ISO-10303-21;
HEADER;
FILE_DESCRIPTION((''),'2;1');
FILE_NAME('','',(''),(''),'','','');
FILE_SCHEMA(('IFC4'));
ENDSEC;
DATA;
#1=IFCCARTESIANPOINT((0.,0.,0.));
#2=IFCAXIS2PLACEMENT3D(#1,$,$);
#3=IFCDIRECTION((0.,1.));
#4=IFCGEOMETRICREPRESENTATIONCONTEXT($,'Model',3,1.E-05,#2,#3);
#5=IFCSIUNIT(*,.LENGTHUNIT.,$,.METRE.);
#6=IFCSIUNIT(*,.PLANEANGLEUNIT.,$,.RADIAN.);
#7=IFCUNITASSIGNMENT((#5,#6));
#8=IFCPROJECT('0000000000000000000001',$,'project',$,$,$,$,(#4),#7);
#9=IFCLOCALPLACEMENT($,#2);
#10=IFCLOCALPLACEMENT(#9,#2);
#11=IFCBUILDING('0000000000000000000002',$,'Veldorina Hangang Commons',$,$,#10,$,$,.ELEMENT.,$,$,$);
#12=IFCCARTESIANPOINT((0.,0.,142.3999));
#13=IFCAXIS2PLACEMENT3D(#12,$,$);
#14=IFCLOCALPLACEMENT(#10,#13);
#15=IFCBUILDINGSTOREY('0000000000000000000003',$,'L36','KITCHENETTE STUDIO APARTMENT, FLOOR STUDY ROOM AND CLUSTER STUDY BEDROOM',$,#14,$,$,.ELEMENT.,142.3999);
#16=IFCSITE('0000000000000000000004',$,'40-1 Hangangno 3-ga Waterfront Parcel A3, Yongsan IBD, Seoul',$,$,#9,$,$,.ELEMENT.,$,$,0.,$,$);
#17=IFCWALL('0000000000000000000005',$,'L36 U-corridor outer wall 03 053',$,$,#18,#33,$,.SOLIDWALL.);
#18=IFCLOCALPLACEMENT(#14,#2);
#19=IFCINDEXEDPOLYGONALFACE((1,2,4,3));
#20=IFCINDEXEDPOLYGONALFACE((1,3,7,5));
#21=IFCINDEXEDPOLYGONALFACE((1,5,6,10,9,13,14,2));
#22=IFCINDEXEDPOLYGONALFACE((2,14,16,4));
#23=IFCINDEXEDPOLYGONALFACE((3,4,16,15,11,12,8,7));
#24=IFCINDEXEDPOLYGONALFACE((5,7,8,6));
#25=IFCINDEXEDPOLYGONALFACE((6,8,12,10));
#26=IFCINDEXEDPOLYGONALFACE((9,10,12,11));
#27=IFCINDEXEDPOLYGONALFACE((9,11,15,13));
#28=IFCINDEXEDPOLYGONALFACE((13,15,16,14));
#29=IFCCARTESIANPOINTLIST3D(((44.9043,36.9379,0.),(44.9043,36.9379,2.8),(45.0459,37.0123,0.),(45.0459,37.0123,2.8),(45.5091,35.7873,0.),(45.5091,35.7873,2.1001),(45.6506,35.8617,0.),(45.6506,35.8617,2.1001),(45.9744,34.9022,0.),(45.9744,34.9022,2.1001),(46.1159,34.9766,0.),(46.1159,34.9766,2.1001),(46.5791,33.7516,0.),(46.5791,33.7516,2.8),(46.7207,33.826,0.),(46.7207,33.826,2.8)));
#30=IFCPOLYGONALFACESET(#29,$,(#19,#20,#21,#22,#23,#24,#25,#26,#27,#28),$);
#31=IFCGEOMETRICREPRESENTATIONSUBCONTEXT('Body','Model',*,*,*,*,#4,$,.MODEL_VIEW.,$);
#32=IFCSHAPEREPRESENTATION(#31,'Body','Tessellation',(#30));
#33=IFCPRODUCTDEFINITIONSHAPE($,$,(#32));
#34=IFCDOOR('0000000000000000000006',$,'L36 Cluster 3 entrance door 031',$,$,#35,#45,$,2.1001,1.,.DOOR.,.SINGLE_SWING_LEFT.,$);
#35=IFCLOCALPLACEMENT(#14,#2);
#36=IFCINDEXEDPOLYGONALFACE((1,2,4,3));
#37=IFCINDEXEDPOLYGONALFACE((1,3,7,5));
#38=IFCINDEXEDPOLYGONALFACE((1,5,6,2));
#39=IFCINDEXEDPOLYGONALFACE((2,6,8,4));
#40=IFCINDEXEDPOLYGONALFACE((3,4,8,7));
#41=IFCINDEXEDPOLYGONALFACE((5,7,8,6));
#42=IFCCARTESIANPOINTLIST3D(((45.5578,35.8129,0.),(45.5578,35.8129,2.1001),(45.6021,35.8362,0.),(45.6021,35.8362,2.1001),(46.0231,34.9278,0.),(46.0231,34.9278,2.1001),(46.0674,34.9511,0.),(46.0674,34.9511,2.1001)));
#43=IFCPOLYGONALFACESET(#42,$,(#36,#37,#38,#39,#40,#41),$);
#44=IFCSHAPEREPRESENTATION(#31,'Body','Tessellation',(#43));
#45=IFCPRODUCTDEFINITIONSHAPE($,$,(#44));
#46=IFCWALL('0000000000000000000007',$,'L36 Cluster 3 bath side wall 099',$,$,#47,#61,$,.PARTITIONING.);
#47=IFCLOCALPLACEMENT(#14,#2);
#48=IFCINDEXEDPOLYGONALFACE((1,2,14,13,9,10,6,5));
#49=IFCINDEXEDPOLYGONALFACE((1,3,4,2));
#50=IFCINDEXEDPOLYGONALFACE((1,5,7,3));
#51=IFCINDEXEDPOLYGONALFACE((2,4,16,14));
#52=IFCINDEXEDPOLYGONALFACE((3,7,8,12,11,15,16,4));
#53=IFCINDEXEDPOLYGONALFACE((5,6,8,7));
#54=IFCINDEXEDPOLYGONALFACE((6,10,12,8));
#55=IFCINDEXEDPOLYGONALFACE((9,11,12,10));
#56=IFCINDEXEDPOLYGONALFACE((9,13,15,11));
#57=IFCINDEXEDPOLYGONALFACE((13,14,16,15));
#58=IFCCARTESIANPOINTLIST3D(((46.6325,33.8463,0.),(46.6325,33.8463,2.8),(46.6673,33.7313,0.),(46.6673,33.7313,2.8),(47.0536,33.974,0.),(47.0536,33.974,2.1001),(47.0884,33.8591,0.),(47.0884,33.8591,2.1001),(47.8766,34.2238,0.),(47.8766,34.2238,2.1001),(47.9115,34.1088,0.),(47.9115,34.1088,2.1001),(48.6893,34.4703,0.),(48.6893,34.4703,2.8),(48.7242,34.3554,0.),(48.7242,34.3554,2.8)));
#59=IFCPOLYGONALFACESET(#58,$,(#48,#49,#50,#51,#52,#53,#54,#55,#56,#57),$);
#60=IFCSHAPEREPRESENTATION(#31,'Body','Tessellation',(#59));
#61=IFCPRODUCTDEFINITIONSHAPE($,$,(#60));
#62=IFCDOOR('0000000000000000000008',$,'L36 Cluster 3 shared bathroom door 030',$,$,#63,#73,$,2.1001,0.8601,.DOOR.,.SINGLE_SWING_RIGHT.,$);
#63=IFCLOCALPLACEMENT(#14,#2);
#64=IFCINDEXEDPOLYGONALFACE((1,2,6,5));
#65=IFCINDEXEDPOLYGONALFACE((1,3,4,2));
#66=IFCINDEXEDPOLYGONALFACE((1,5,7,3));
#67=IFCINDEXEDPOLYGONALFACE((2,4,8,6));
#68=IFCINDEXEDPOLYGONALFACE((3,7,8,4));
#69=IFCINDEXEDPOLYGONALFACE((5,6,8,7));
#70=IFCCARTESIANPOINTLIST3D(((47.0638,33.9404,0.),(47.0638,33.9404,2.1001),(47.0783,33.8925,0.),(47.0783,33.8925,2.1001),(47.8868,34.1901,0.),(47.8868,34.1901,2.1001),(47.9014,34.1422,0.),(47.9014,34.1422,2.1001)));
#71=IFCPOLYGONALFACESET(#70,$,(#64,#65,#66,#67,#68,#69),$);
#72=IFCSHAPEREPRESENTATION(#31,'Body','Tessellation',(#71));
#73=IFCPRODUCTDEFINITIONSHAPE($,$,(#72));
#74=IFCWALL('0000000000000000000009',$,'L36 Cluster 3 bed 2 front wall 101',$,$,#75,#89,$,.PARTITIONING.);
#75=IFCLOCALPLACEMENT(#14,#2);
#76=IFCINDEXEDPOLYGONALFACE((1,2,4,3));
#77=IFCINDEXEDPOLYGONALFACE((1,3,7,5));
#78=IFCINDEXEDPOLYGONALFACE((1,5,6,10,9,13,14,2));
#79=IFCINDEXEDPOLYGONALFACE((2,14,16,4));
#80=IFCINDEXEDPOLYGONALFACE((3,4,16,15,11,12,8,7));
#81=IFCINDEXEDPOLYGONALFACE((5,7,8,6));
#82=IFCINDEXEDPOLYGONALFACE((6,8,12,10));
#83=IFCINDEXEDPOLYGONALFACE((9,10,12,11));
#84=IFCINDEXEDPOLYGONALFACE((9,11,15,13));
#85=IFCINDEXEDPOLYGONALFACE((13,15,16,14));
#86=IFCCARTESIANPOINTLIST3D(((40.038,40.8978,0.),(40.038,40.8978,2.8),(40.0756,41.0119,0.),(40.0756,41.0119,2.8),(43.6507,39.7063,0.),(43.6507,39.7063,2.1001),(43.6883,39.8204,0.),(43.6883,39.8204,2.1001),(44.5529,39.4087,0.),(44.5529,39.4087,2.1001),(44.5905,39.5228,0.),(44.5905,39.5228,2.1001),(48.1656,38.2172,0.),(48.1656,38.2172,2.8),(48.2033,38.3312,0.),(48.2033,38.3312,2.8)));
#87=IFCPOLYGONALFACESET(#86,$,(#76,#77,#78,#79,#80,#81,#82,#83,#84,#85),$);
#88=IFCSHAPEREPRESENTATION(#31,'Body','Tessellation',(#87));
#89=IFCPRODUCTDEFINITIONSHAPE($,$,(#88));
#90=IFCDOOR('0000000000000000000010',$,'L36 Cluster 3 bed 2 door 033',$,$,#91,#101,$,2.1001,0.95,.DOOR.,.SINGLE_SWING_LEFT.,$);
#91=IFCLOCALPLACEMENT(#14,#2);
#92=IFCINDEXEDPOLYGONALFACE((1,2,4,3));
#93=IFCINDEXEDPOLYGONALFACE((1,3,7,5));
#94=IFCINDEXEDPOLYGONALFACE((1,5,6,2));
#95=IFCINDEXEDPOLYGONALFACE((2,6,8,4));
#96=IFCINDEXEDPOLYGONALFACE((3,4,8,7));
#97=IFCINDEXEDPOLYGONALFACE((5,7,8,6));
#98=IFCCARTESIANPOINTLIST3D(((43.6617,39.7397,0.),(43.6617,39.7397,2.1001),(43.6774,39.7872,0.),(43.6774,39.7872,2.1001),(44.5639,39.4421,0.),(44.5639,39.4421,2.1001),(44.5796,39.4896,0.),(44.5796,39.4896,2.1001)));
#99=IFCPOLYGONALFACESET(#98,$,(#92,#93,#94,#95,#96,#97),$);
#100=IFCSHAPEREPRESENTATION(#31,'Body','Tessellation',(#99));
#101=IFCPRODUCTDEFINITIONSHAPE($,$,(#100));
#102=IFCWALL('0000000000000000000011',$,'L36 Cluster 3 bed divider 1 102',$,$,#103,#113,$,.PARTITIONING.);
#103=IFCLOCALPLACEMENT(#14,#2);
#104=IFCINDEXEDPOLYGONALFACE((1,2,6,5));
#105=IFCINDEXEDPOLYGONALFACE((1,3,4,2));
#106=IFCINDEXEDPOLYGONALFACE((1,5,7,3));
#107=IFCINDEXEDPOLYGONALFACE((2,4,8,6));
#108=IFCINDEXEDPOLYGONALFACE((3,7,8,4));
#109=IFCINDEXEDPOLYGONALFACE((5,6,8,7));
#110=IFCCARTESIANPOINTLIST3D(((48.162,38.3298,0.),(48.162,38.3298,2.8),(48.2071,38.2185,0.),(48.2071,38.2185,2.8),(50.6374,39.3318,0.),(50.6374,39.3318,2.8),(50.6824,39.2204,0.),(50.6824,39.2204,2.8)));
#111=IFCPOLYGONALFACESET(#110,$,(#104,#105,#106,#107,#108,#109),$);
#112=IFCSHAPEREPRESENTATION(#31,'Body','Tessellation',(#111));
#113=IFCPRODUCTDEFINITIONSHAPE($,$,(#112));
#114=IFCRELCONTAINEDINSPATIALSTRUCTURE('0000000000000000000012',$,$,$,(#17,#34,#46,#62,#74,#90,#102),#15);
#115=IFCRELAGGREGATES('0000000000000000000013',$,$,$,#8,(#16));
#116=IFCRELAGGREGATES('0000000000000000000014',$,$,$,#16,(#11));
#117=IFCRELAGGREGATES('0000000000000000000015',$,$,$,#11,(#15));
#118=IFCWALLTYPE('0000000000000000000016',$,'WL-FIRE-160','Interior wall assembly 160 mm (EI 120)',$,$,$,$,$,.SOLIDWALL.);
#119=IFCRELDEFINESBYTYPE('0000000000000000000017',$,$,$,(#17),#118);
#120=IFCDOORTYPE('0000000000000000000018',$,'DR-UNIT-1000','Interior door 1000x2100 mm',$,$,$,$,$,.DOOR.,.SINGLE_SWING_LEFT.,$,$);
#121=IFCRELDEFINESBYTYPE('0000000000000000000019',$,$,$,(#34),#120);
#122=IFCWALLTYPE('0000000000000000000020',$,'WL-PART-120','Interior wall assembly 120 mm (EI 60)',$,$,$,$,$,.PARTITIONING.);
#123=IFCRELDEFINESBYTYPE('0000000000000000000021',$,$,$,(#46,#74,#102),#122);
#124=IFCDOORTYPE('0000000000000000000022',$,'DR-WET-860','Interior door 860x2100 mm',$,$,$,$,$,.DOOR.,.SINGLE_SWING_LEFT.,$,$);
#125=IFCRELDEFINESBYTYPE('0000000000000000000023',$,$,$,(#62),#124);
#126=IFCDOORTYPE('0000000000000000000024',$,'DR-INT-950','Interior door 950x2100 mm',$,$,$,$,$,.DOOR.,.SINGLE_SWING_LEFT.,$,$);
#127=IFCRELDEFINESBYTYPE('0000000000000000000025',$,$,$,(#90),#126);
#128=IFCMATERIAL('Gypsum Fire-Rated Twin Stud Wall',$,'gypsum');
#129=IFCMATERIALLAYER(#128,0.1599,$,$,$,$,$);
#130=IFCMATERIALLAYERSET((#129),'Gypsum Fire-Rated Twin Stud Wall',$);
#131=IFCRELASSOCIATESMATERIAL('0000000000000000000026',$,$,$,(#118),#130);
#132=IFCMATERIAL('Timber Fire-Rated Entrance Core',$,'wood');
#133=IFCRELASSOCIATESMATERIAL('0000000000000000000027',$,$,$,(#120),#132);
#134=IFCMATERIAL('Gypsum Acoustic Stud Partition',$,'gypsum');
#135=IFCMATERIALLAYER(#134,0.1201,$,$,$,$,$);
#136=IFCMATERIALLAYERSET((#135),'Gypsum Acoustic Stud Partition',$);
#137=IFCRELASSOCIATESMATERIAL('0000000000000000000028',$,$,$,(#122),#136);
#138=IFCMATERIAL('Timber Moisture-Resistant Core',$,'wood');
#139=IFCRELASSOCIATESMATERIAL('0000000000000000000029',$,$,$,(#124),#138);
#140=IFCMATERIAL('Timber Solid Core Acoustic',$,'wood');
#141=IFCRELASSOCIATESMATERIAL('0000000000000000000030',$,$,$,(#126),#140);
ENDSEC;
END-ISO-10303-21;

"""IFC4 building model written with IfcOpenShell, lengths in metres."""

from ifc_helpers import new_model, si_unit, direction, frame, frame_2d, origin, place, context, subcontext, project, spatial, rectangle, extrude, material, layer, layer_set, type_object, element, fill, save


model = new_model("IFC4")

# Units and contexts
model_context = context("Model", 3, precision=1e-05, world=origin(), true_north=direction((0.0, 1.0)))
body_context = subcontext(model_context, "Body", "Model", "MODEL_VIEW")
ifc_project = project(units=[si_unit("LENGTHUNIT", "METRE"), si_unit("PLANEANGLEUNIT", "RADIAN")], contexts=[model_context])

# Site, building, storey
site_placement = place(None, origin())
site = spatial("IfcSite", under=ifc_project, at=site_placement, Name="40-1 Hangangno 3-ga Waterfront Parcel A3, Yongsan IBD, Seoul", CompositionType="ELEMENT", RefElevation=0.0)
building_placement = place(site_placement, origin())
building = spatial("IfcBuilding", under=site, at=building_placement, Name="Veldorina Hangang Commons", CompositionType="ELEMENT")
storey_placement = place(building_placement, frame((0.0, 0.0, 142.3999)))
storey = spatial("IfcBuildingStorey", under=building, at=storey_placement, Name="L36", Description="KITCHENETTE STUDIO APARTMENT, FLOOR STUDY ROOM AND CLUSTER STUDY BEDROOM", CompositionType="ELEMENT", Elevation=142.3999)

# Walls, openings, doors
ifc_material_1 = material(Name="Gypsum Fire-Rated Twin Stud Wall", Category="gypsum")
ifc_layer_1 = layer(ifc_material_1, 0.1599)
ifc_layer_set_1 = layer_set([ifc_layer_1], Name="Gypsum Fire-Rated Twin Stud Wall")
wall_type_1 = type_object("IfcWallType", Name="WL-FIRE-160", Description="Interior wall assembly 160 mm (EI 120)", PredefinedType="SOLIDWALL", material=ifc_layer_set_1)
wall_1_placement = place(storey_placement, frame((46.6499, 33.7888, 0.0), z_axis=(0.0, 0.0, 1.0), x_axis=(-0.465271, 0.885168, 0.0)))
wall_1 = element("IfcWall", 1, at=wall_1_placement, inside=storey, type_object=wall_type_1, Name="L36 U-corridor outer wall 03 053", PredefinedType="SOLIDWALL", context=body_context, shape_type="SweptSolid", body=[
    extrude(rectangle(XDim=3.5996, YDim=0.1599, at=frame_2d((1.7998, 0.0))), origin(), (0.0, 0.0, 1.0), 2.8),
])
opening_1_placement = place(wall_1_placement, frame((1.2998, 0.0, 0.0)))
opening_1 = element("IfcOpeningElement", 2, at=opening_1_placement, cuts=wall_1, PredefinedType="OPENING", context=body_context, shape_type="SweptSolid", body=[
    extrude(rectangle(XDim=1.0, YDim=2.1001, at=frame_2d((0.5, 1.05))), frame((0.0, 0.0898, 0.0), z_axis=(0.0, -1.0, 0.0), x_axis=(1.0, 0.0, 0.0)), (0.0, 0.0, 1.0), 0.1799),
])
ifc_material_2 = material(Name="Timber Fire-Rated Entrance Core", Category="wood")
door_type_1 = type_object("IfcDoorType", Name="DR-UNIT-1000", Description="Interior door 1000x2100 mm", OperationType="SINGLE_SWING_LEFT", PredefinedType="DOOR", material=ifc_material_2)
door_1_placement = place(opening_1_placement, origin())
door_1 = element("IfcDoor", 3, at=door_1_placement, inside=storey, type_object=door_type_1, Name="L36 Cluster 3 entrance door 031", OperationType="SINGLE_SWING_LEFT", OverallHeight=2.1001, OverallWidth=1.0, PredefinedType="DOOR", context=body_context, shape_type="SweptSolid", body=[
    extrude(rectangle(XDim=1.0, YDim=2.1001, at=frame_2d((0.5, 1.05))), frame((0.0, 0.0249, 0.0), z_axis=(0.0, -1.0, 0.0), x_axis=(1.0, 0.0, 0.0)), (0.0, 0.0, 1.0), 0.05),
])
fill(opening_1, door_1)
ifc_material_3 = material(Name="Gypsum Acoustic Stud Partition", Category="gypsum")
ifc_layer_2 = layer(ifc_material_3, 0.1201)
ifc_layer_set_2 = layer_set([ifc_layer_2], Name="Gypsum Acoustic Stud Partition")
wall_type_2 = type_object("IfcWallType", Name="WL-PART-120", Description="Interior wall assembly 120 mm (EI 60)", PredefinedType="PARTITIONING", material=ifc_layer_set_2)
wall_2_placement = place(storey_placement, frame((46.6499, 33.7888, 0.0), z_axis=(0.0, 0.0, 1.0), x_axis=(0.956931, 0.290316, 0.0)))
wall_2 = element("IfcWall", 4, at=wall_2_placement, inside=storey, type_object=wall_type_2, Name="L36 Cluster 3 bath side wall 099", PredefinedType="PARTITIONING", context=body_context, shape_type="SweptSolid", body=[
    extrude(rectangle(XDim=2.1494, YDim=0.1201, at=frame_2d((1.0747, 0.0))), origin(), (0.0, 0.0, 1.0), 2.8),
])
opening_2_placement = place(wall_2_placement, frame((0.4399, 0.0, 0.0)))
opening_2 = element("IfcOpeningElement", 5, at=opening_2_placement, cuts=wall_2, PredefinedType="OPENING", context=body_context, shape_type="SweptSolid", body=[
    extrude(rectangle(XDim=0.8601, YDim=2.1001, at=frame_2d((0.4302, 1.05))), frame((0.0, 0.0701, 0.0), z_axis=(0.0, -1.0, 0.0), x_axis=(1.0, 0.0, 0.0)), (0.0, 0.0, 1.0), 0.1401),
])
ifc_material_4 = material(Name="Timber Moisture-Resistant Core", Category="wood")
door_type_2 = type_object("IfcDoorType", Name="DR-WET-860", Description="Interior door 860x2100 mm", OperationType="SINGLE_SWING_LEFT", PredefinedType="DOOR", material=ifc_material_4)
door_2_placement = place(opening_2_placement, origin())
door_2 = element("IfcDoor", 6, at=door_2_placement, inside=storey, type_object=door_type_2, Name="L36 Cluster 3 shared bathroom door 030", OperationType="SINGLE_SWING_RIGHT", OverallHeight=2.1001, OverallWidth=0.8601, PredefinedType="DOOR", context=body_context, shape_type="SweptSolid", body=[
    extrude(rectangle(XDim=0.8601, YDim=2.1001, at=frame_2d((0.4302, 1.05))), frame((0.0, 0.0249, 0.0), z_axis=(0.0, -1.0, 0.0), x_axis=(1.0, 0.0, 0.0)), (0.0, 0.0, 1.0), 0.05),
])
fill(opening_2, door_2)
wall_3_placement = place(storey_placement, frame((48.1846, 38.2742, 0.0), z_axis=(0.0, 0.0, 1.0), x_axis=(-0.94968, 0.313222, 0.0)))
wall_3 = element("IfcWall", 7, at=wall_3_placement, inside=storey, type_object=wall_type_2, Name="L36 Cluster 3 bed 2 front wall 101", PredefinedType="PARTITIONING", context=body_context, shape_type="SweptSolid", body=[
    extrude(rectangle(XDim=8.5583, YDim=0.1201, at=frame_2d((4.2793, 0.0))), origin(), (0.0, 0.0, 1.0), 2.8),
])
opening_3_placement = place(wall_3_placement, frame((3.8042, 0.0, 0.0)))
opening_3 = element("IfcOpeningElement", 8, at=opening_3_placement, cuts=wall_3, PredefinedType="OPENING", context=body_context, shape_type="SweptSolid", body=[
    extrude(rectangle(XDim=0.95, YDim=2.1001, at=frame_2d((0.4751, 1.05))), frame((0.0, 0.0701, 0.0), z_axis=(0.0, -1.0, 0.0), x_axis=(1.0, 0.0, 0.0)), (0.0, 0.0, 1.0), 0.1401),
])
ifc_material_5 = material(Name="Timber Solid Core Acoustic", Category="wood")
door_type_3 = type_object("IfcDoorType", Name="DR-INT-950", Description="Interior door 950x2100 mm", OperationType="SINGLE_SWING_LEFT", PredefinedType="DOOR", material=ifc_material_5)
door_3_placement = place(opening_3_placement, origin())
door_3 = element("IfcDoor", 9, at=door_3_placement, inside=storey, type_object=door_type_3, Name="L36 Cluster 3 bed 2 door 033", OperationType="SINGLE_SWING_LEFT", OverallHeight=2.1001, OverallWidth=0.95, PredefinedType="DOOR", context=body_context, shape_type="SweptSolid", body=[
    extrude(rectangle(XDim=0.95, YDim=2.1001, at=frame_2d((0.4751, 1.05))), frame((0.0, 0.0249, 0.0), z_axis=(0.0, -1.0, 0.0), x_axis=(1.0, 0.0, 0.0)), (0.0, 0.0, 1.0), 0.05),
])
fill(opening_3, door_3)

# Wall
wall_4_placement = place(storey_placement, frame((48.1846, 38.2742, 0.0), z_axis=(0.0, 0.0, 1.0), x_axis=(0.926943, 0.375202, 0.0)))
element("IfcWall", 10, at=wall_4_placement, inside=storey, type_object=wall_type_2, Name="L36 Cluster 3 bed divider 1 102", PredefinedType="PARTITIONING", context=body_context, shape_type="SweptSolid", body=[
    extrude(rectangle(XDim=2.6704, YDim=0.1201, at=frame_2d((1.3352, 0.0))), origin(), (0.0, 0.0, 1.0), 2.8),
])

save(model, "model.ifc")
